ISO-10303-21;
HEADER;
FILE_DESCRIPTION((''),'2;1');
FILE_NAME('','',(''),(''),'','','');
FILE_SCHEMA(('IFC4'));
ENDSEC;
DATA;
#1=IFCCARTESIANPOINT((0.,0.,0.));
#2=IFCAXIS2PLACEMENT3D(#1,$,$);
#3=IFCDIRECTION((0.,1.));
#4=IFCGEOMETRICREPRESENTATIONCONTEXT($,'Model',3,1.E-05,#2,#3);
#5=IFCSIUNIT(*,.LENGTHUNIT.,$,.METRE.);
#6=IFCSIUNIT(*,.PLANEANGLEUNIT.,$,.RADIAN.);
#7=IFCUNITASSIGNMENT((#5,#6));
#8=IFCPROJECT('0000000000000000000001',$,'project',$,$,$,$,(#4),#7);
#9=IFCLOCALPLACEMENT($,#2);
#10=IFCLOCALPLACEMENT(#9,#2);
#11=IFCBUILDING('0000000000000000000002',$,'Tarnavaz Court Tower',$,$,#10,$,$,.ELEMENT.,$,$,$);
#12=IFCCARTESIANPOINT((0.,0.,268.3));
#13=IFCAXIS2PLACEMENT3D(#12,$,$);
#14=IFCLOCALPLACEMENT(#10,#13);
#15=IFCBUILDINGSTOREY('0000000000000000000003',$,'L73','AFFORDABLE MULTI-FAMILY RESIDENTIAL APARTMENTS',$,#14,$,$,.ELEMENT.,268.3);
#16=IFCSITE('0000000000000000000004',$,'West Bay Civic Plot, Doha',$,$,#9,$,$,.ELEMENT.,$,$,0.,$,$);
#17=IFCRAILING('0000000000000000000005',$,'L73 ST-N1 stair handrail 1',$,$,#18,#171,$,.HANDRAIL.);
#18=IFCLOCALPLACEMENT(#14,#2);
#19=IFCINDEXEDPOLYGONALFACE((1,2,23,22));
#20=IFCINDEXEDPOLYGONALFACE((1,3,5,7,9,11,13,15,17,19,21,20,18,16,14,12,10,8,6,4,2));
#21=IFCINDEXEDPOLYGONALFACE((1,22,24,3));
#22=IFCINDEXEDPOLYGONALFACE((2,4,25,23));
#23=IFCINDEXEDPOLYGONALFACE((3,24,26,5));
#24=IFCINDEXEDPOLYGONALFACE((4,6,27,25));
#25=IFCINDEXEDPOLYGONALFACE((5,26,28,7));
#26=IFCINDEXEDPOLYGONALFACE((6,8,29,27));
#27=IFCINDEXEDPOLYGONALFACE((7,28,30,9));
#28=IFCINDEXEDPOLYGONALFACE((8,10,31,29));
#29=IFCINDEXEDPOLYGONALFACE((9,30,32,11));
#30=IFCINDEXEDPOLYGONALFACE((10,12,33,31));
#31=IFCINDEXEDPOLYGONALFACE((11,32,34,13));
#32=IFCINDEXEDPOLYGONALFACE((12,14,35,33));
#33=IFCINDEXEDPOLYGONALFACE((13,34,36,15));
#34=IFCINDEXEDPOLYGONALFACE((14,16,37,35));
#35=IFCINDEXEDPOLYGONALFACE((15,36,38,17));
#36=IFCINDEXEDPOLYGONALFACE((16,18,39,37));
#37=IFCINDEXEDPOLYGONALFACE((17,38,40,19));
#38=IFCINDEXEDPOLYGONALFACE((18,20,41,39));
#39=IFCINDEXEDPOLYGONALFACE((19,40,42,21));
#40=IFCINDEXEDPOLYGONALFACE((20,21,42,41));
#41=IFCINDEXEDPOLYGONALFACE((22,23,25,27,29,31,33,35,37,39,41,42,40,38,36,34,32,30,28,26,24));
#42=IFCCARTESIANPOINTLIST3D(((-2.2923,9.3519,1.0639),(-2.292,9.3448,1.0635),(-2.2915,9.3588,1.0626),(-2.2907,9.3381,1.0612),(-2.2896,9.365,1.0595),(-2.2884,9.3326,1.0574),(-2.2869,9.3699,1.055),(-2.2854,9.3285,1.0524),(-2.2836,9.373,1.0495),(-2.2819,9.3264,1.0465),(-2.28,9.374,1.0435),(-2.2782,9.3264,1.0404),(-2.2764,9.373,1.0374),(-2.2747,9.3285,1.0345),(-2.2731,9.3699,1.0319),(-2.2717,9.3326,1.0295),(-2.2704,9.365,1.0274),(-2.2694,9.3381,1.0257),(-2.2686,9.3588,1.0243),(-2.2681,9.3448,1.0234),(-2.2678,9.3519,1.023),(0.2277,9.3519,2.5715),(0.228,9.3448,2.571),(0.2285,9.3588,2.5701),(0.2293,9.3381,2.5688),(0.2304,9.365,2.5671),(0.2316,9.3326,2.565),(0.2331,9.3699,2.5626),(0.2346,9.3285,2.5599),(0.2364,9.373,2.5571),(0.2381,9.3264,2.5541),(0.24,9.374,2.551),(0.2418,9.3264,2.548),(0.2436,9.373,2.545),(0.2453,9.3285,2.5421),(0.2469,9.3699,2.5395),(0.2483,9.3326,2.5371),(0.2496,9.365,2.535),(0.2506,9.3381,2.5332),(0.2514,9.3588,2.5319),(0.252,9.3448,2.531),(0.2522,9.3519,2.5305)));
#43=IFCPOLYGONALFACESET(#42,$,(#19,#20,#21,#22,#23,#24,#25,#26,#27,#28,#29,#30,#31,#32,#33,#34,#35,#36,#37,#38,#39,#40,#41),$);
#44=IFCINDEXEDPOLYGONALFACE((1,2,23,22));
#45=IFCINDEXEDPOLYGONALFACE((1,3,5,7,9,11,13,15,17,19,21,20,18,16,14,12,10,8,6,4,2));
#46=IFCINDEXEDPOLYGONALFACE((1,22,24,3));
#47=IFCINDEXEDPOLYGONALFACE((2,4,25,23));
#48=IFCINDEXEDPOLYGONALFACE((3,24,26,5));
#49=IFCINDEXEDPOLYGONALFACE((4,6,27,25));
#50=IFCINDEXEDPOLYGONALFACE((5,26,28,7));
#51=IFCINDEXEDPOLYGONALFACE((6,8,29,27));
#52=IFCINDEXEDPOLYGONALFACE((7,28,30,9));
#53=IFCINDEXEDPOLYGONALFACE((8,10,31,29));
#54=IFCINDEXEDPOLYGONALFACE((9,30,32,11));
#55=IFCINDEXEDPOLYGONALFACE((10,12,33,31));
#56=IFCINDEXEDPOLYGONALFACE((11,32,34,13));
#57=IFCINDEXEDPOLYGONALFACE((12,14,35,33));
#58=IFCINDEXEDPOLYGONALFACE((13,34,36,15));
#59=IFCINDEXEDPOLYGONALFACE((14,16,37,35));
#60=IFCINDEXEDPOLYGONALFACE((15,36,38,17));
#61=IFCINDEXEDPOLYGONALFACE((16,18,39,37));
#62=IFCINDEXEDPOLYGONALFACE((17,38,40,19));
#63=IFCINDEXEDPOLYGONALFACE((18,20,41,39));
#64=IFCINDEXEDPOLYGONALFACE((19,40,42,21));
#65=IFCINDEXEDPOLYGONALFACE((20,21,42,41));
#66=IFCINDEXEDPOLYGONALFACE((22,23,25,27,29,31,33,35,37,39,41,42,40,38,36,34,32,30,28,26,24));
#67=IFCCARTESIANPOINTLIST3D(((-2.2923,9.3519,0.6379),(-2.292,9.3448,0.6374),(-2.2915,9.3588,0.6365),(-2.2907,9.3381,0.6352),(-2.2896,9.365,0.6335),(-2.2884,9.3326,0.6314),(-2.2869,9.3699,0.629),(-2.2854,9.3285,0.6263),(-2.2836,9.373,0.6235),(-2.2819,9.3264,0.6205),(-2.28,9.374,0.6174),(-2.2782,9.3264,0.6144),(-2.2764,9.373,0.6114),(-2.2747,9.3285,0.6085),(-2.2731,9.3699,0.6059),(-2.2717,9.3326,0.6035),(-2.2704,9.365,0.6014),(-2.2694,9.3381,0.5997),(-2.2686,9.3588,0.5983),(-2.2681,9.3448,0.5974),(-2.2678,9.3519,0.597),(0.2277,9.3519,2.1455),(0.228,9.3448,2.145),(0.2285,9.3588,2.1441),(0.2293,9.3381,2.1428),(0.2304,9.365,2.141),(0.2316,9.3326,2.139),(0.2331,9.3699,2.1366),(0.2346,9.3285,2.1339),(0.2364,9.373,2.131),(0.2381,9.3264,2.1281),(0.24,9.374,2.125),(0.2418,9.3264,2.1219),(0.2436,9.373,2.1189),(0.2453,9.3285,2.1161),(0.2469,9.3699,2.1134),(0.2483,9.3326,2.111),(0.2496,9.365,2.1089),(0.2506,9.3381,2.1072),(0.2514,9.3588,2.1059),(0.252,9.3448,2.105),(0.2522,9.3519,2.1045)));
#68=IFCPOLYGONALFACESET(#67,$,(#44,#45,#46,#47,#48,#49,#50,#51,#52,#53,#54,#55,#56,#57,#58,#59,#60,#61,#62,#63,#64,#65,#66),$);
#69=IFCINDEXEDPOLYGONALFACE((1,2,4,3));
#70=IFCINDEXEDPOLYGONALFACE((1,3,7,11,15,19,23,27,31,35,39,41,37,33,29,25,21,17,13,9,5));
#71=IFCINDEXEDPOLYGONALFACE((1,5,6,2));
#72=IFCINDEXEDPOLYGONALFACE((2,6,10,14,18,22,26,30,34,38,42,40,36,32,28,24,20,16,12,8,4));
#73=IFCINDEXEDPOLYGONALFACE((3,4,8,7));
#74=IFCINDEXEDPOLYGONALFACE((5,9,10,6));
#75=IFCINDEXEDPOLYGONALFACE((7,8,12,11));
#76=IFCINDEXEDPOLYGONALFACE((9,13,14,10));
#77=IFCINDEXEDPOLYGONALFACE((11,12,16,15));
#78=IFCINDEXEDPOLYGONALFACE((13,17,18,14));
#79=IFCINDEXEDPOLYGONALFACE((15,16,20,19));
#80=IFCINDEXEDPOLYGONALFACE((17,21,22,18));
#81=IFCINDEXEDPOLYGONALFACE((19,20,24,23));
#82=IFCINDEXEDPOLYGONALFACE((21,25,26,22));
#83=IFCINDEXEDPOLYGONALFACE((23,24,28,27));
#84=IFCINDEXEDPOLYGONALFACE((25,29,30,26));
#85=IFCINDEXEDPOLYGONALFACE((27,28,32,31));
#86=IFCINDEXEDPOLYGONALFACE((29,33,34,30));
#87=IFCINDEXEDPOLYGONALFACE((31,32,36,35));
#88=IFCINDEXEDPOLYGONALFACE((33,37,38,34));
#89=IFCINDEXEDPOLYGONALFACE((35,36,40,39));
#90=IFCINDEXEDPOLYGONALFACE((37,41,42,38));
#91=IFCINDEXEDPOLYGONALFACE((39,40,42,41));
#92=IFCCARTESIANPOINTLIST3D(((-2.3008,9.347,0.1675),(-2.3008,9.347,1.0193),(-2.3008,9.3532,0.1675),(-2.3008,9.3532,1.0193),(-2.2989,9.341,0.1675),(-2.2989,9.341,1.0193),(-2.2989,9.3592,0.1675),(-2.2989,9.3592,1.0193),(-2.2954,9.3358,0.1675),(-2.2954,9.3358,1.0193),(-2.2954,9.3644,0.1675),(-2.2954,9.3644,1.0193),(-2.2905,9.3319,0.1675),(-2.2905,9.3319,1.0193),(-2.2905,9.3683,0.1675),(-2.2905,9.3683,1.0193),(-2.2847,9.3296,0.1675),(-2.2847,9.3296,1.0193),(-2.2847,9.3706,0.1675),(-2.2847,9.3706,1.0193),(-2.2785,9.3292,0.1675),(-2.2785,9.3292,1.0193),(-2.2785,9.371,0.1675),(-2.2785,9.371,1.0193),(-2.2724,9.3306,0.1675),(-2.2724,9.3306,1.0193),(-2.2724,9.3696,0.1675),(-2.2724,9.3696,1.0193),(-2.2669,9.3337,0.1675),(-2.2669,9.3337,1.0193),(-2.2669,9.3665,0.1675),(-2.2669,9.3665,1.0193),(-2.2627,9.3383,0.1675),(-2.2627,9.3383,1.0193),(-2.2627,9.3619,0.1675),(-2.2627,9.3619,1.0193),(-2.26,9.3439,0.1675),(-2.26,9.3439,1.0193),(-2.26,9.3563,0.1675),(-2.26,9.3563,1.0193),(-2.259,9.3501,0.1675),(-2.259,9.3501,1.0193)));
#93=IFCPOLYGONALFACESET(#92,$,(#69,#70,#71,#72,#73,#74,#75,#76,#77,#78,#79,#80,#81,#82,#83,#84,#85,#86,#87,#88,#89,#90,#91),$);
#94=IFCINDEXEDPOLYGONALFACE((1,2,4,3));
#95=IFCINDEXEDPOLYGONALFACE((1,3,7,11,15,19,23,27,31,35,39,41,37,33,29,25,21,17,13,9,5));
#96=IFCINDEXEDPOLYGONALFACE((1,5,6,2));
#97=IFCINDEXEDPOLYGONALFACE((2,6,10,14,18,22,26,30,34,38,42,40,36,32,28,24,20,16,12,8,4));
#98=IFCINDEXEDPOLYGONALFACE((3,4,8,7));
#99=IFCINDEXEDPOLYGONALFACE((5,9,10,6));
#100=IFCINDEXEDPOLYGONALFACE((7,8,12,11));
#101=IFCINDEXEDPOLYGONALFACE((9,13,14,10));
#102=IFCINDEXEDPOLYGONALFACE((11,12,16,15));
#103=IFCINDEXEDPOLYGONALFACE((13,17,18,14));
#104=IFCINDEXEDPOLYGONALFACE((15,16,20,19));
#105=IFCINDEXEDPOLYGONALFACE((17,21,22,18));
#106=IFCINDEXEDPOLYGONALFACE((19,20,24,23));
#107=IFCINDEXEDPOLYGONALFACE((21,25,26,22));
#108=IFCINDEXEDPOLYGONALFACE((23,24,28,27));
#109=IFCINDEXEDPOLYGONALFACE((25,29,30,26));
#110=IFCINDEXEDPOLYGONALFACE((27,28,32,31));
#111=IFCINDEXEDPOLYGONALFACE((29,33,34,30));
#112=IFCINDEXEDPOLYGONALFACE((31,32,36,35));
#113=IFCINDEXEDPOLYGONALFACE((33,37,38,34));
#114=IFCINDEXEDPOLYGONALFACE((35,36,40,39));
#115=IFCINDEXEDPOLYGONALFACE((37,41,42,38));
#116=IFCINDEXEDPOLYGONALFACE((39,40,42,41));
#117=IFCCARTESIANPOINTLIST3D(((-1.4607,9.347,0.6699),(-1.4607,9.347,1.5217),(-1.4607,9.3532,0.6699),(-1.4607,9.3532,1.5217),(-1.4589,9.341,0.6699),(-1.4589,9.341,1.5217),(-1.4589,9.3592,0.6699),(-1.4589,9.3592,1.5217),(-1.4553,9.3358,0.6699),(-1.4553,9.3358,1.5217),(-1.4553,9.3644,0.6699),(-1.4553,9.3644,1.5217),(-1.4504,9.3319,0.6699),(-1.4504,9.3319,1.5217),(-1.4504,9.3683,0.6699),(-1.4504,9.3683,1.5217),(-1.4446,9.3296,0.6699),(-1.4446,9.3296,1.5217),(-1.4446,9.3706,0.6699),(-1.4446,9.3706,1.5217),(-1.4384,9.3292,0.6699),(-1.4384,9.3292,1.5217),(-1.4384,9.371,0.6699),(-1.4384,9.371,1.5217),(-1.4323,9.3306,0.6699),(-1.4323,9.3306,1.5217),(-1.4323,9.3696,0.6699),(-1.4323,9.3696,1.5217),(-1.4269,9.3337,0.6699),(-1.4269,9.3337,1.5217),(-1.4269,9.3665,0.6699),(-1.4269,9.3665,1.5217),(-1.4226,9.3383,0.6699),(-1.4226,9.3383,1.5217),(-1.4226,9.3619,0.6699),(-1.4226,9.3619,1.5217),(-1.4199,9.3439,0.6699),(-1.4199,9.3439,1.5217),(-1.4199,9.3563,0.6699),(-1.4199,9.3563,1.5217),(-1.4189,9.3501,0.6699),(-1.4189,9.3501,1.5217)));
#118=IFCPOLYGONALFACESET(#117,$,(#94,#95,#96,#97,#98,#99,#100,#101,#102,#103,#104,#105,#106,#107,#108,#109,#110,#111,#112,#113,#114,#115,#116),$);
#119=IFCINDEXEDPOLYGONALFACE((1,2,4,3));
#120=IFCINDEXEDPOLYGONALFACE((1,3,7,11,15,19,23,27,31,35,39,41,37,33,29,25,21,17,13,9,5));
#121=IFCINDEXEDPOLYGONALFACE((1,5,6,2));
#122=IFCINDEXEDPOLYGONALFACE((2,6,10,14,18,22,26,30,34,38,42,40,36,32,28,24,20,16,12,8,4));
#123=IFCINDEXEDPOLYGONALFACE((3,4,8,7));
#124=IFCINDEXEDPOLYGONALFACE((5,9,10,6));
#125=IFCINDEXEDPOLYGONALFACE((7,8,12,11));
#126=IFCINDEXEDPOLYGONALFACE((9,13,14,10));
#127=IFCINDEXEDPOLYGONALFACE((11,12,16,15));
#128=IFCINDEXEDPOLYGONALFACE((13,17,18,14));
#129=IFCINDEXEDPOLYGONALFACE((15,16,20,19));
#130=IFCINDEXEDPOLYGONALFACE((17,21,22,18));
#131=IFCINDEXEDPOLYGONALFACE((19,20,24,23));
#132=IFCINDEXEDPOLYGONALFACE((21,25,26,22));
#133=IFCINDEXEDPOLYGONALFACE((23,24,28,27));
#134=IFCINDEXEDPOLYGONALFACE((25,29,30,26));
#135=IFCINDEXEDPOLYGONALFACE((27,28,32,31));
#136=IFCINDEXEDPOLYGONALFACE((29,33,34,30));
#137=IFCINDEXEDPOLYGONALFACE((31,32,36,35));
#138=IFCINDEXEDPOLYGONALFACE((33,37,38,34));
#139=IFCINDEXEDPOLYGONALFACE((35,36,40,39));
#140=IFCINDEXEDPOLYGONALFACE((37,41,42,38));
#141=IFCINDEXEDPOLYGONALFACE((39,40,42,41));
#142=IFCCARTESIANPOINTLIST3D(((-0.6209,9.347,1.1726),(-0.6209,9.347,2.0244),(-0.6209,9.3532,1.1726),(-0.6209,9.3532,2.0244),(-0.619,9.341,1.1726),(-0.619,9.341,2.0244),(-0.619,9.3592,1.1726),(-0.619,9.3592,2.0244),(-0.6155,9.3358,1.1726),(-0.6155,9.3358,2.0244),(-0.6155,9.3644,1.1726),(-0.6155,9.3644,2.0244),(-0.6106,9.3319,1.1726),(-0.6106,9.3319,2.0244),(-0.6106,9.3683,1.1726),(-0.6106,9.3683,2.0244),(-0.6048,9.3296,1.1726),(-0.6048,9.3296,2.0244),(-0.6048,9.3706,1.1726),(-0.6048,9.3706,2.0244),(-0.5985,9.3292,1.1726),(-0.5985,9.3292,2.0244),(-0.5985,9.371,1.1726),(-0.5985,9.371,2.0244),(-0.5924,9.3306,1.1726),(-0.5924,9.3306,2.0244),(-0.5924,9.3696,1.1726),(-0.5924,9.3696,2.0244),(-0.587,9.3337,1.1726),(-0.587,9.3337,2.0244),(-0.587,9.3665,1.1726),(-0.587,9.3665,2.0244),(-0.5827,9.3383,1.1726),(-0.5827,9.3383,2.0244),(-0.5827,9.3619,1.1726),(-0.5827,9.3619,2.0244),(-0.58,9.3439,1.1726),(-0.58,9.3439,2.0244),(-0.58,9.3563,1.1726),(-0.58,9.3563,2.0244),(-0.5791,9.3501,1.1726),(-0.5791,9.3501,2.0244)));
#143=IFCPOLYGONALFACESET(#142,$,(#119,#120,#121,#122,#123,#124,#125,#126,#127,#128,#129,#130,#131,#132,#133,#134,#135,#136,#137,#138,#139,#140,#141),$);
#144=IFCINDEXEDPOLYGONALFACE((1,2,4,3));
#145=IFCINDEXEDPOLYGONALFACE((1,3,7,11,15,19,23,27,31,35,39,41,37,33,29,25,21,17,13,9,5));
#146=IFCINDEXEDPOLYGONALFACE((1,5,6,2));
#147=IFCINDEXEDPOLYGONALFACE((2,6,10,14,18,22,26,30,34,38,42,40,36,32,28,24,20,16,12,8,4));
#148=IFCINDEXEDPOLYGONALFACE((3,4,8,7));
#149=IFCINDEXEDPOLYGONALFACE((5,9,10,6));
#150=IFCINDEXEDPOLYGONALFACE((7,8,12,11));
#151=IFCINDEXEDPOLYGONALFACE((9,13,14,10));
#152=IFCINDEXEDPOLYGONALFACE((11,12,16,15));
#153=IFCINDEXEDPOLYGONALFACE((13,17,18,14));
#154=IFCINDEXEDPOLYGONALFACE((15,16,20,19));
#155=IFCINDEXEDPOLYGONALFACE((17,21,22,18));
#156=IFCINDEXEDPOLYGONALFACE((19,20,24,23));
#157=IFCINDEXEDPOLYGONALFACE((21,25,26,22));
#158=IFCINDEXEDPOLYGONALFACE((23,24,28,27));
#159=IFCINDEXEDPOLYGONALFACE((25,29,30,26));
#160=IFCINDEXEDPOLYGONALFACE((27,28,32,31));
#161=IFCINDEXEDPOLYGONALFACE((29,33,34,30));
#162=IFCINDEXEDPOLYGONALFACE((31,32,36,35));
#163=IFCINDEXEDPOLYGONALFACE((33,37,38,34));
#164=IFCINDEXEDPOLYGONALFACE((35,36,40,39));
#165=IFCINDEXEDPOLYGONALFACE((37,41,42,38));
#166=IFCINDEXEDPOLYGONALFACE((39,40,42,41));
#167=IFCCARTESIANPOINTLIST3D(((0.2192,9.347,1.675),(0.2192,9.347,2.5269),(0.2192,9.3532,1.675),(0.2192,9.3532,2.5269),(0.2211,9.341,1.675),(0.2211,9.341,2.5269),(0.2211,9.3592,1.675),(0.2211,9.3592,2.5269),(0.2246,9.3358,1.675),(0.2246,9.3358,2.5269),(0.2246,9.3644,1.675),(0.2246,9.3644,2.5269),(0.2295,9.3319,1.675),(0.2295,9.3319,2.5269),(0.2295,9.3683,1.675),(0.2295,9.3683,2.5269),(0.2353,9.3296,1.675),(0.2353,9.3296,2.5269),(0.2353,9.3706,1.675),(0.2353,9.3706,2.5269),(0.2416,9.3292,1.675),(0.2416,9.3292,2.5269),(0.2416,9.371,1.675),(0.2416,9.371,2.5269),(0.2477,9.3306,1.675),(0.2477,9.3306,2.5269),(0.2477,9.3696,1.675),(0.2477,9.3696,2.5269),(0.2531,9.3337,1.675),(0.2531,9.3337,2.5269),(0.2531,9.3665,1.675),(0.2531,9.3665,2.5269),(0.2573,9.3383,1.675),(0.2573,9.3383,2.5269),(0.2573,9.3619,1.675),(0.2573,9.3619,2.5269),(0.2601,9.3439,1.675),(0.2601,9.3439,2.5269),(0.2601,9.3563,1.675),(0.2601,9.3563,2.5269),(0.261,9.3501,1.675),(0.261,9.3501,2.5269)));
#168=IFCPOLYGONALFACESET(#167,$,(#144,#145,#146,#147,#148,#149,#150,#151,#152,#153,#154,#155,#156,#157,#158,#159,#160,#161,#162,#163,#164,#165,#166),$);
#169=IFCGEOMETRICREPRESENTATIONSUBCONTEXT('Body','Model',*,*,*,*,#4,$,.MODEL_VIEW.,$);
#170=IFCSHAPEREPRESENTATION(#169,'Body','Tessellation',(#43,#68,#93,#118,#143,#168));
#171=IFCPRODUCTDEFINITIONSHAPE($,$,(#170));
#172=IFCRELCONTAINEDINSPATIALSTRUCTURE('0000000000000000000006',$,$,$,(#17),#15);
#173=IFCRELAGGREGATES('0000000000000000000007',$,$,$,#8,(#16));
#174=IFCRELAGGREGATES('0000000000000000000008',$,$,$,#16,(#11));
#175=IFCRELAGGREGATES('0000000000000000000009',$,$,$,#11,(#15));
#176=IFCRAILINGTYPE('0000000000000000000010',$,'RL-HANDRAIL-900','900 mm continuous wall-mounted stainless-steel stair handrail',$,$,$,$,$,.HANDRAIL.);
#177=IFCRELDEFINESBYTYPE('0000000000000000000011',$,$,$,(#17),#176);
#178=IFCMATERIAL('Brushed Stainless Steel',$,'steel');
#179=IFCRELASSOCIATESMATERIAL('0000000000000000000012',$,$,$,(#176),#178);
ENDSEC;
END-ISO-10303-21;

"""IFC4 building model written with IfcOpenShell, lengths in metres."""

from ifc_helpers import new_model, si_unit, direction, frame, origin, origin_2d, place, context, subcontext, project, spatial, circle, extrude, material, type_object, element, save


model = new_model("IFC4")

# Units and contexts
model_context = context("Model", 3, precision=1e-05, world=origin(), true_north=direction((0.0, 1.0)))
body_context = subcontext(model_context, "Body", "Model", "MODEL_VIEW")
ifc_project = project(units=[si_unit("LENGTHUNIT", "METRE"), si_unit("PLANEANGLEUNIT", "RADIAN")], contexts=[model_context])

# Site, building, storey
site_placement = place(None, origin())
site = spatial("IfcSite", under=ifc_project, at=site_placement, Name="West Bay Civic Plot, Doha", CompositionType="ELEMENT", RefElevation=0.0)
building_placement = place(site_placement, origin())
building = spatial("IfcBuilding", under=site, at=building_placement, Name="Tarnavaz Court Tower", CompositionType="ELEMENT")
storey_placement = place(building_placement, frame((0.0, 0.0, 268.3)))
storey = spatial("IfcBuildingStorey", under=building, at=storey_placement, Name="L73", Description="AFFORDABLE MULTI-FAMILY RESIDENTIAL APARTMENTS", CompositionType="ELEMENT", Elevation=268.3)

# Railing
ifc_material_1 = material(Name="Brushed Stainless Steel", Category="steel")
railing_type_1 = type_object("IfcRailingType", Name="RL-HANDRAIL-900", Description="900 mm continuous wall-mounted stainless-steel stair handrail", PredefinedType="HANDRAIL", material=ifc_material_1)
railing_1_placement = place(storey_placement, frame((-2.28, 9.3501, 0.1675)))
element("IfcRailing", 1, at=railing_1_placement, inside=storey, type_object=railing_type_1, Name="L73 ST-N1 stair handrail 1", PredefinedType="HANDRAIL", context=body_context, shape_type="SweptSolid", body=[
    extrude(circle(Radius=0.0239, at=origin_2d()), frame((0.0, 0.0, 0.876), z_axis=(0.85816, 0.0, 0.513383), x_axis=(0.0, 1.0, 0.0)), (0.0, 0.0, 1.0), 2.9365),
    extrude(circle(Radius=0.0239, at=origin_2d()), frame((0.0, 0.0, 0.45), z_axis=(0.85816, 0.0, 0.513383), x_axis=(0.0, 1.0, 0.0)), (0.0, 0.0, 1.0), 2.9365),
    extrude(circle(Radius=0.021, at=origin_2d()), origin(), (0.0, 0.0, 1.0), 0.8518),
    extrude(circle(Radius=0.021, at=origin_2d()), frame((0.8401, 0.0, 0.5024)), (0.0, 0.0, 1.0), 0.8518),
    extrude(circle(Radius=0.021, at=origin_2d()), frame((1.6799, 0.0, 1.0051)), (0.0, 0.0, 1.0), 0.8518),
    extrude(circle(Radius=0.021, at=origin_2d()), frame((2.52, 0.0, 1.5076)), (0.0, 0.0, 1.0), 0.8518),
])

save(model, "model.ifc")
